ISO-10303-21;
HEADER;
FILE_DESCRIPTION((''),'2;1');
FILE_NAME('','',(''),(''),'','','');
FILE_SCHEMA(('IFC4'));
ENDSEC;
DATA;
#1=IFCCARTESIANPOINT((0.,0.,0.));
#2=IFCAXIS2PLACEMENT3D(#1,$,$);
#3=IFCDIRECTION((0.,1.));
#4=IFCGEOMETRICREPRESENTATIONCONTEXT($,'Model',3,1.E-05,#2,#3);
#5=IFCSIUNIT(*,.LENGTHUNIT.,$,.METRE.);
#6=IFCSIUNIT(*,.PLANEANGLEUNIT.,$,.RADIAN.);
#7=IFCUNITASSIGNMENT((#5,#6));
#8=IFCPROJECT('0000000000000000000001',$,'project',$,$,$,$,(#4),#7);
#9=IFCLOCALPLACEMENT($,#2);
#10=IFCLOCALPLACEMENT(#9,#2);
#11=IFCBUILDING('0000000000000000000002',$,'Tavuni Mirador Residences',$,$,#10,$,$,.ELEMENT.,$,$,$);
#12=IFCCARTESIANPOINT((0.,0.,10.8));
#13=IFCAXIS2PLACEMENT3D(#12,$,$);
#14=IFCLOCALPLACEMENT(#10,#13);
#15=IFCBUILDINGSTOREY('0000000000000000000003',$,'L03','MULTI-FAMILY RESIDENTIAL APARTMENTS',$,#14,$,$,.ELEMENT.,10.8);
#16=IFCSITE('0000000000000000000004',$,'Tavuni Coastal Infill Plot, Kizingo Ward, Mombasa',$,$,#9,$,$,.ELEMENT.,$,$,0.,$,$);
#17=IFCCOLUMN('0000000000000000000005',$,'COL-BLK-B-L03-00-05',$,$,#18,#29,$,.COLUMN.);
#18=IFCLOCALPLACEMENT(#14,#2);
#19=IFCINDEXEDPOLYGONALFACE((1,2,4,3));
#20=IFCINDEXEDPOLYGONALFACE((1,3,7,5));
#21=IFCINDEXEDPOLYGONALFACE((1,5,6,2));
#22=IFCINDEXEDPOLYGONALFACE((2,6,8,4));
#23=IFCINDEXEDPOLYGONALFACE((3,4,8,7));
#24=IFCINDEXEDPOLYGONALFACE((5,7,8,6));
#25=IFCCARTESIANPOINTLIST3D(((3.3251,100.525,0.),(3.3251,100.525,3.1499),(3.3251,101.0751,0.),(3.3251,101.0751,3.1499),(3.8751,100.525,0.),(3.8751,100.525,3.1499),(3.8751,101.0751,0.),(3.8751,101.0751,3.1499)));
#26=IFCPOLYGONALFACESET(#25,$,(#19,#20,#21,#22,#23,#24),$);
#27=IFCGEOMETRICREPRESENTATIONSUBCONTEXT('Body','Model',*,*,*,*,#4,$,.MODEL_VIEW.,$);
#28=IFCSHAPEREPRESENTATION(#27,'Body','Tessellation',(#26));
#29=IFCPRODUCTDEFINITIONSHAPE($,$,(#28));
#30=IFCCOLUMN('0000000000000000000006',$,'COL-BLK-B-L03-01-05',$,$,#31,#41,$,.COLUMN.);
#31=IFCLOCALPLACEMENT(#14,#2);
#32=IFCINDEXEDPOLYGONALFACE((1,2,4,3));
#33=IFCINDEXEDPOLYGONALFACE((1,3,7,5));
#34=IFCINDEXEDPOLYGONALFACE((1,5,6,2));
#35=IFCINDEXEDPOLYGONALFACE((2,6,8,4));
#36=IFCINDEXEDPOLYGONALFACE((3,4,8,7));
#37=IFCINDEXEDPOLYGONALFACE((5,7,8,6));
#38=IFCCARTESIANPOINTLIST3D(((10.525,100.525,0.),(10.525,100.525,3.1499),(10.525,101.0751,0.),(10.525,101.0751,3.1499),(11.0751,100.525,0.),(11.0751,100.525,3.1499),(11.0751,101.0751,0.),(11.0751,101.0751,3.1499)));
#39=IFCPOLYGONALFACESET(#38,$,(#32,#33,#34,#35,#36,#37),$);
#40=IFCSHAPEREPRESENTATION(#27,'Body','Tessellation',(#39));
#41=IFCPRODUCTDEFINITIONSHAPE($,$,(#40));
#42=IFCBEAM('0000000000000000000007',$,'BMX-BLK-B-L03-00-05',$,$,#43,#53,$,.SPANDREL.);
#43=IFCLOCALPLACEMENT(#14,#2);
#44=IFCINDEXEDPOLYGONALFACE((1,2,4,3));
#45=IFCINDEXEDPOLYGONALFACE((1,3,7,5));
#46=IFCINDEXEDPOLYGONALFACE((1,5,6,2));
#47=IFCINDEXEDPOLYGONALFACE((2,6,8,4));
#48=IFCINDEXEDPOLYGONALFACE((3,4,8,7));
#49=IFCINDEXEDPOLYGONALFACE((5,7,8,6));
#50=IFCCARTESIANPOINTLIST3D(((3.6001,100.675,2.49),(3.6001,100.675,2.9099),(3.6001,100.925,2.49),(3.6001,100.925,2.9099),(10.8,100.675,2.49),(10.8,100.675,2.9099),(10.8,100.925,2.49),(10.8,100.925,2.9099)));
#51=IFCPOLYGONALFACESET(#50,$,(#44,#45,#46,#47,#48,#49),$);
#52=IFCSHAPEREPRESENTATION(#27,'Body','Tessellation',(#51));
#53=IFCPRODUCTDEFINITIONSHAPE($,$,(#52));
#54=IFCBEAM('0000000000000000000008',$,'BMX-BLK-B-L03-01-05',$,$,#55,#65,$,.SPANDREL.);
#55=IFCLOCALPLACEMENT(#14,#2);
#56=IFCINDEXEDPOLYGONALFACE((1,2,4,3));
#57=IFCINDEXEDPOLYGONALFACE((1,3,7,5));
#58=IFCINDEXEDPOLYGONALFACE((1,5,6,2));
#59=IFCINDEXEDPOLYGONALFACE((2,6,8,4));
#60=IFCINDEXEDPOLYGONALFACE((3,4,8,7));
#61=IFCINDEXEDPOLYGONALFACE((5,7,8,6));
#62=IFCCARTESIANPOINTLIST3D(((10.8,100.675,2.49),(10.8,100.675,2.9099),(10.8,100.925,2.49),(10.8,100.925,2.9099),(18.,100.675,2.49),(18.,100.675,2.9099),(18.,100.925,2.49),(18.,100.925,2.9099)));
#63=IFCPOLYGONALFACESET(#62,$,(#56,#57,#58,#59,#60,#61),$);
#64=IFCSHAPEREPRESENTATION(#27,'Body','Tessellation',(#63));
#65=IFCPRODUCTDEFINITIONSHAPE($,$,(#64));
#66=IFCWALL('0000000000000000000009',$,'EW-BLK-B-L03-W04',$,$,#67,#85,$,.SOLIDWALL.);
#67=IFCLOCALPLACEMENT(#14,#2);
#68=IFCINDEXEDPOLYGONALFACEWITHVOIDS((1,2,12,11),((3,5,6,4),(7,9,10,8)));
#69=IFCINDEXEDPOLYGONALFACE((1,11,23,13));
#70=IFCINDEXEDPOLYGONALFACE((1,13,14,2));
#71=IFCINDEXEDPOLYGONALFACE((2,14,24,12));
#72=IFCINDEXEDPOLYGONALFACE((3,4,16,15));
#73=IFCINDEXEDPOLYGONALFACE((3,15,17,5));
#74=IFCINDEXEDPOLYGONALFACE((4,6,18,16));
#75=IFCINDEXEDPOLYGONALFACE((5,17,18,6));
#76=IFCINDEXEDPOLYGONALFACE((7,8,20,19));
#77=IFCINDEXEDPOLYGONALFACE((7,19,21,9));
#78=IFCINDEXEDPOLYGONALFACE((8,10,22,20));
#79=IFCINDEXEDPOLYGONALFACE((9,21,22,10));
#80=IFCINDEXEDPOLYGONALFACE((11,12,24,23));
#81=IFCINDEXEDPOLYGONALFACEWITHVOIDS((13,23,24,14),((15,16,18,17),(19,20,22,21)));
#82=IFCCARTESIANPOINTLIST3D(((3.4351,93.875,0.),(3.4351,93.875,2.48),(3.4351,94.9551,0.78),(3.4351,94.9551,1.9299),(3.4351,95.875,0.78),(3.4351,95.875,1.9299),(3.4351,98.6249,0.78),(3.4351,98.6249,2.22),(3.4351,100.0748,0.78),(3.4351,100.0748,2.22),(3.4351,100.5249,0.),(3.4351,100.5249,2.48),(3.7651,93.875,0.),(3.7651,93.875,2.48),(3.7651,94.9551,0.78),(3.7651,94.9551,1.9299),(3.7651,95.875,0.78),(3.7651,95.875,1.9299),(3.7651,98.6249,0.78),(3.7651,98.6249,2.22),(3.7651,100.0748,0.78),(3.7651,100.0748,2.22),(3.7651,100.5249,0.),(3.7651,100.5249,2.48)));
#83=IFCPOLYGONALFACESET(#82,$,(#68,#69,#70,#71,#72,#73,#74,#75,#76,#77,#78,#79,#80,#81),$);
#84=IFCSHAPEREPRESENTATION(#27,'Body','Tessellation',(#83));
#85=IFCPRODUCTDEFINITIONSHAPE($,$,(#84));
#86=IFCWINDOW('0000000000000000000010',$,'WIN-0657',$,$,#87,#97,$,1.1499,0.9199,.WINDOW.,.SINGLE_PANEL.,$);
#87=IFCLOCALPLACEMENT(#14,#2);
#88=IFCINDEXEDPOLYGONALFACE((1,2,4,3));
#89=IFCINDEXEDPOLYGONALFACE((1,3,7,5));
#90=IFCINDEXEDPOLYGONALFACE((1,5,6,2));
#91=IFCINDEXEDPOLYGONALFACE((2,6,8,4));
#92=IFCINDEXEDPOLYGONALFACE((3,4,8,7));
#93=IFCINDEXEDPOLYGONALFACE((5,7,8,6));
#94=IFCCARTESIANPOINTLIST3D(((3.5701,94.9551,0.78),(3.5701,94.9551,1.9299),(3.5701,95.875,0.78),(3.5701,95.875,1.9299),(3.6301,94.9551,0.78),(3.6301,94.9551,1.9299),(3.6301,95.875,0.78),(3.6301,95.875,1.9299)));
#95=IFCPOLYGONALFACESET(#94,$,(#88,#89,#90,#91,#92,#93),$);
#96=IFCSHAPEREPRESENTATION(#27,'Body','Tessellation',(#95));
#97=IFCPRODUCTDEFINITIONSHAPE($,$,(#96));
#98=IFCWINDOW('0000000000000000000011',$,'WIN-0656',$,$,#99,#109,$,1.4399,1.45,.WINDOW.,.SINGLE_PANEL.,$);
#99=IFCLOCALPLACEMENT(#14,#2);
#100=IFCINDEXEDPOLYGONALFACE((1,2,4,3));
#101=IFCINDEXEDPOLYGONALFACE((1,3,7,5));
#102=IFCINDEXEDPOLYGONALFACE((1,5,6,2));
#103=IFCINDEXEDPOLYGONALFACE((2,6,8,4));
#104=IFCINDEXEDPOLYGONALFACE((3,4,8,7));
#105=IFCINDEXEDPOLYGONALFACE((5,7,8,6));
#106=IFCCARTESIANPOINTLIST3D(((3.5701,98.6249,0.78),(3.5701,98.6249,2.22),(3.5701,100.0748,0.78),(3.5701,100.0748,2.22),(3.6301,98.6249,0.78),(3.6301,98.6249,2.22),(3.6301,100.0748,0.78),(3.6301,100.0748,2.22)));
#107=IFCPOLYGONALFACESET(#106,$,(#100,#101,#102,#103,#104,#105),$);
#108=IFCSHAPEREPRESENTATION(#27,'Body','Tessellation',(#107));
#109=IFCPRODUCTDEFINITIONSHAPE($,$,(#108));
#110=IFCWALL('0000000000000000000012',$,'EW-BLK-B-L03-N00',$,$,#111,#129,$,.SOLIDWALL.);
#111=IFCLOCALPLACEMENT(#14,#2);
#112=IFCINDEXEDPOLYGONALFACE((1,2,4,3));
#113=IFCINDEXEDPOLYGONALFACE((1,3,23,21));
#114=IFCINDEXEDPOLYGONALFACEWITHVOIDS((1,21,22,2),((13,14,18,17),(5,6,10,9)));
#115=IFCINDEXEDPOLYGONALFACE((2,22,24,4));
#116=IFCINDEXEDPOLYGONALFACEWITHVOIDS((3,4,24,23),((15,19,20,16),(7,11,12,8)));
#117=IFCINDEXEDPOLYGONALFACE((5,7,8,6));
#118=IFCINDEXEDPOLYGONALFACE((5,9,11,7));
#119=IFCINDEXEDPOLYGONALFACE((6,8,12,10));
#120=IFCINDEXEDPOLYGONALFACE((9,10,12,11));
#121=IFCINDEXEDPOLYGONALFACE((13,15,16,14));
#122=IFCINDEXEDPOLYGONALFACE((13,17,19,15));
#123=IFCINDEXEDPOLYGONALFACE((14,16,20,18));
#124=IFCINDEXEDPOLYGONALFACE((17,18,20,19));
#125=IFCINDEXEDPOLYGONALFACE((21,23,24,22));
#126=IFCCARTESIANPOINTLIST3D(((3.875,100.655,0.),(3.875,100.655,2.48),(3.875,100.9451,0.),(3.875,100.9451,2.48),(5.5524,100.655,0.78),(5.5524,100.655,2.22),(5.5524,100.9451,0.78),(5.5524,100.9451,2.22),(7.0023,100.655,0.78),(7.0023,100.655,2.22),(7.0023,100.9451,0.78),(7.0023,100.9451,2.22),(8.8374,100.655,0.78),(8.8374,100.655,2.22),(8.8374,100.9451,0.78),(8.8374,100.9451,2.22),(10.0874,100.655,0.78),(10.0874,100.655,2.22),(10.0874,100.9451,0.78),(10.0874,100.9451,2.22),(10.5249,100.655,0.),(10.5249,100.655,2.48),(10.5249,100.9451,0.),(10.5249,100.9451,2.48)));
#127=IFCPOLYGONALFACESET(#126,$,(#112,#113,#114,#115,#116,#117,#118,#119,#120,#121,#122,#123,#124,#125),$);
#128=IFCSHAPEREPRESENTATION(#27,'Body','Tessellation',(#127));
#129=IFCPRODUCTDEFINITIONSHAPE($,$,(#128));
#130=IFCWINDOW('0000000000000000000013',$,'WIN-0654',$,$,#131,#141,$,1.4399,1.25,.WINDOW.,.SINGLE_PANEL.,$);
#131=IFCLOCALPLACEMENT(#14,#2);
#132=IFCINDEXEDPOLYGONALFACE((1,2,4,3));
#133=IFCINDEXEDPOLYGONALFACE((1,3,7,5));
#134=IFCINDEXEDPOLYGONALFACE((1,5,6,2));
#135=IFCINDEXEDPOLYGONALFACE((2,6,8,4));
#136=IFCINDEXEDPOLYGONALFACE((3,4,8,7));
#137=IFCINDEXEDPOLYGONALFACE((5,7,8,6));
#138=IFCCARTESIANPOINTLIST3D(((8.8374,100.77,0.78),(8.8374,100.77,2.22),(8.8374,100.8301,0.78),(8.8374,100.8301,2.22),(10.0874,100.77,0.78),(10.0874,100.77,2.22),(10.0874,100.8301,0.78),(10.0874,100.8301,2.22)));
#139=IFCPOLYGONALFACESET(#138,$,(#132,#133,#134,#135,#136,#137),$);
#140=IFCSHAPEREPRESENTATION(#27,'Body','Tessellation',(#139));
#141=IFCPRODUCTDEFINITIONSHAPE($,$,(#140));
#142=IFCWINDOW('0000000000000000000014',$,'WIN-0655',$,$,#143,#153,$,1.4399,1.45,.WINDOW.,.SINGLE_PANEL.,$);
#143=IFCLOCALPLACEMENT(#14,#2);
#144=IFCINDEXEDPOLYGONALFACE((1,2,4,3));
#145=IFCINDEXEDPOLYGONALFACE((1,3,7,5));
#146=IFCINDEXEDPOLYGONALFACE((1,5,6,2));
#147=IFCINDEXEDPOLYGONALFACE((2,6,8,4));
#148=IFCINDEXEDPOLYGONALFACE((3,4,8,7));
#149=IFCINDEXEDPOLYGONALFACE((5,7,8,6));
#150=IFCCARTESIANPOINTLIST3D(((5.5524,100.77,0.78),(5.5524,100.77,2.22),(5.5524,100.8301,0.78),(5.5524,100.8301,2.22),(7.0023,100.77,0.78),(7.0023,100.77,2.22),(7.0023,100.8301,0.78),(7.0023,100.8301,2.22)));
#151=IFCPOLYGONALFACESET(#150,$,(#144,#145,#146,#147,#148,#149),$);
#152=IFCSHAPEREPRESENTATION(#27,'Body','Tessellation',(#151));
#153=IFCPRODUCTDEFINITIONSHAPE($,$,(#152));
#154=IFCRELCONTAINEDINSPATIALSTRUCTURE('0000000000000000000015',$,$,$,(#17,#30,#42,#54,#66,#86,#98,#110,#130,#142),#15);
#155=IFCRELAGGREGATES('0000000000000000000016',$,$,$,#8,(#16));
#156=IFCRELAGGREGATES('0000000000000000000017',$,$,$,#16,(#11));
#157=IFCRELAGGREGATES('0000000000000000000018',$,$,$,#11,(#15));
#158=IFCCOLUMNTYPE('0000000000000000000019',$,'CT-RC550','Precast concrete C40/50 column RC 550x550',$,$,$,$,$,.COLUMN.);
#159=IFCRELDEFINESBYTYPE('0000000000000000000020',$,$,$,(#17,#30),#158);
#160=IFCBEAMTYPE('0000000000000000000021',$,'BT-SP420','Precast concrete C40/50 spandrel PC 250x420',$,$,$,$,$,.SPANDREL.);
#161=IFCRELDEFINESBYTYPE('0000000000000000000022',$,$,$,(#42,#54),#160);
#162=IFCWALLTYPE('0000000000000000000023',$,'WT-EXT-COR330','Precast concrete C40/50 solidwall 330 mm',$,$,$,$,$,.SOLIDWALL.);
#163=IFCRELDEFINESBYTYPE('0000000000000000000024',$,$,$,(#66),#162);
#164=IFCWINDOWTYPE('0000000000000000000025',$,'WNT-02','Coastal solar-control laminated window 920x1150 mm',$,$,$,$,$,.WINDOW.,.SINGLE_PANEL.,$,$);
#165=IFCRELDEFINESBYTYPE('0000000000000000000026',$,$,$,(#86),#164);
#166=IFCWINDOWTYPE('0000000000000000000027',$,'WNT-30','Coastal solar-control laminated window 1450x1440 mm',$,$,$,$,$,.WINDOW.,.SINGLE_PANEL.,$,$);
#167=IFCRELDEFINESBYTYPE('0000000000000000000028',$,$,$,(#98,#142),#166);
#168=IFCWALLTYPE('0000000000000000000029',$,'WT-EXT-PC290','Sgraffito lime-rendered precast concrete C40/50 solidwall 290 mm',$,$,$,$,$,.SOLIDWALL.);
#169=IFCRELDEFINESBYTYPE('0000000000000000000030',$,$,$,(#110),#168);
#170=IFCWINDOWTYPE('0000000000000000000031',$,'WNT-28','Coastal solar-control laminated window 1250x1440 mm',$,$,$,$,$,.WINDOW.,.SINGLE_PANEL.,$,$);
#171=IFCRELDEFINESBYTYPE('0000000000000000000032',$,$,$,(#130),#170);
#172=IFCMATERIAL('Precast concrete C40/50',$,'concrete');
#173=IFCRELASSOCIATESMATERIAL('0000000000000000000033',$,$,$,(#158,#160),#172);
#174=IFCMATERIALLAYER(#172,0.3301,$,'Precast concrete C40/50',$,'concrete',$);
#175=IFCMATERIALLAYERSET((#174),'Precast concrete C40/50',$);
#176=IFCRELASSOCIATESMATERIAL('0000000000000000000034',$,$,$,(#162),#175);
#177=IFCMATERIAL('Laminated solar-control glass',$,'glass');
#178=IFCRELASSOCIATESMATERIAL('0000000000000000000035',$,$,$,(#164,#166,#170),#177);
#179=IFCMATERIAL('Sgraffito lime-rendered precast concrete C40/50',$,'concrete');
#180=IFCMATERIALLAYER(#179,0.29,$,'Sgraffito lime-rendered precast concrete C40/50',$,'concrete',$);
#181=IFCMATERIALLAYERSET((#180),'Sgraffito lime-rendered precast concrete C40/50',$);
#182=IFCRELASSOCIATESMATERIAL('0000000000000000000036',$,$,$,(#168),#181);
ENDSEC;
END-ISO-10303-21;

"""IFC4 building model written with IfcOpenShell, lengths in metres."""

from ifc_helpers import new_model, si_unit, direction, frame, frame_2d, origin, origin_2d, place, context, subcontext, project, spatial, rectangle, extrude, material, layer, layer_set, material_profile, profile_set, type_object, element, fill, save


model = new_model("IFC4")

# Units and contexts
model_context = context("Model", 3, precision=1e-05, world=origin(), true_north=direction((0.0, 1.0)))
body_context = subcontext(model_context, "Body", "Model", "MODEL_VIEW")
ifc_project = project(units=[si_unit("LENGTHUNIT", "METRE"), si_unit("PLANEANGLEUNIT", "RADIAN")], contexts=[model_context])

# Site, building, storey
site_placement = place(None, origin())
site = spatial("IfcSite", under=ifc_project, at=site_placement, Name="Tavuni Coastal Infill Plot, Kizingo Ward, Mombasa", CompositionType="ELEMENT", RefElevation=0.0)
building_placement = place(site_placement, origin())
building = spatial("IfcBuilding", under=site, at=building_placement, Name="Tavuni Mirador Residences", CompositionType="ELEMENT")
storey_placement = place(building_placement, frame((0.0, 0.0, 10.8)))
storey = spatial("IfcBuildingStorey", under=building, at=storey_placement, Name="L03", Description="MULTI-FAMILY RESIDENTIAL APARTMENTS", CompositionType="ELEMENT", Elevation=10.8)

# Columns
ifc_material_1 = material(Name="Precast concrete C40/50", Category="concrete")
ifc_material_profile_1 = material_profile(ifc_material_1, rectangle(XDim=0.55, YDim=0.55, at=origin_2d()), Name="RC 550x550", Category="concrete")
ifc_profile_set_1 = profile_set([ifc_material_profile_1], Name="Precast concrete C40/50")
column_type = type_object("IfcColumnType", Name="CT-RC550", Description="Precast concrete C40/50 column RC 550x550", PredefinedType="COLUMN", material=ifc_profile_set_1)
for number, where, z_axis, x_axis, name in (
    (1, (3.6001, 100.8, 0.0), (0.0, 0.0, 1.0), (1.0, 0.0, 0.0), "COL-BLK-B-L03-00-05"),
    (2, (10.8, 100.8, 0.0), (0.0, 0.0, 1.0), (1.0, 0.0, 0.0), "COL-BLK-B-L03-01-05"),
):
    element("IfcColumn", number, at=place(storey_placement, frame(where, z_axis=z_axis, x_axis=x_axis)), inside=storey, type_object=column_type, Name=name, PredefinedType="COLUMN", context=body_context, shape_type="SweptSolid", body=[
        extrude(rectangle(XDim=0.55, YDim=0.55, at=origin_2d()), origin(), (0.0, 0.0, 1.0), 3.1499),
    ])

# Beams
ifc_material_profile_2 = material_profile(ifc_material_1, rectangle(XDim=0.25, YDim=0.4199, at=origin_2d()), Name="PC 250x420", Category="concrete")
ifc_profile_set_2 = profile_set([ifc_material_profile_2], Name="Precast concrete C40/50")
beam_type = type_object("IfcBeamType", Name="BT-SP420", Description="Precast concrete C40/50 spandrel PC 250x420", PredefinedType="SPANDREL", material=ifc_profile_set_2)
for number, where, z_axis, x_axis, name in (
    (3, (3.6001, 100.8, 2.7), (1.0, 0.0, 0.0), (0.0, 1.0, 0.0), "BMX-BLK-B-L03-00-05"),
    (4, (10.8, 100.8, 2.7), (1.0, 0.0, 0.0), (0.0, 1.0, 0.0), "BMX-BLK-B-L03-01-05"),
):
    element("IfcBeam", number, at=place(storey_placement, frame(where, z_axis=z_axis, x_axis=x_axis)), inside=storey, type_object=beam_type, Name=name, PredefinedType="SPANDREL", context=body_context, shape_type="SweptSolid", body=[
        extrude(rectangle(XDim=0.25, YDim=0.4199, at=origin_2d()), origin(), (0.0, 0.0, 1.0), 7.2),
    ])

# Walls, openings, windows
ifc_layer_1 = layer(ifc_material_1, 0.3301, Name="Precast concrete C40/50", Category="concrete")
ifc_layer_set_1 = layer_set([ifc_layer_1], Name="Precast concrete C40/50")
wall_type_1 = type_object("IfcWallType", Name="WT-EXT-COR330", Description="Precast concrete C40/50 solidwall 330 mm", PredefinedType="SOLIDWALL", material=ifc_layer_set_1)
wall_1_placement = place(storey_placement, frame((3.6001, 100.5249, 0.0), z_axis=(0.0, 0.0, 1.0), x_axis=(0.0, -1.0, 0.0)))
wall_1 = element("IfcWall", 5, at=wall_1_placement, inside=storey, type_object=wall_type_1, Name="EW-BLK-B-L03-W04", PredefinedType="SOLIDWALL", context=body_context, shape_type="SweptSolid", body=[
    extrude(rectangle(XDim=6.6499, YDim=0.3301, at=frame_2d((3.325, 0.0))), origin(), (0.0, 0.0, 1.0), 2.48),
])
opening_1_placement = place(wall_1_placement, frame((0.45, 0.0, 0.78)))
opening_1 = element("IfcOpeningElement", 6, at=opening_1_placement, cuts=wall_1, PredefinedType="OPENING", context=body_context, shape_type="SweptSolid", body=[
    extrude(rectangle(XDim=1.45, YDim=1.4399, at=frame_2d((0.7251, 0.72))), frame((0.0, 0.175, 0.0), z_axis=(0.0, -1.0, 0.0), x_axis=(1.0, 0.0, 0.0)), (0.0, 0.0, 1.0), 0.3501),
])
opening_2_placement = place(wall_1_placement, frame((4.6499, 0.0, 0.78)))
opening_2 = element("IfcOpeningElement", 7, at=opening_2_placement, cuts=wall_1, PredefinedType="OPENING", context=body_context, shape_type="SweptSolid", body=[
    extrude(rectangle(XDim=0.9199, YDim=1.1499, at=frame_2d((0.46, 0.575))), frame((0.0, 0.175, 0.0), z_axis=(0.0, -1.0, 0.0), x_axis=(1.0, 0.0, 0.0)), (0.0, 0.0, 1.0), 0.3501),
])
ifc_material_2 = material(Name="Laminated solar-control glass", Category="glass")
window_type_1 = type_object("IfcWindowType", Name="WNT-02", Description="Coastal solar-control laminated window 920x1150 mm", PartitioningType="SINGLE_PANEL", PredefinedType="WINDOW", material=ifc_material_2)
window_1_placement = place(opening_2_placement, origin())
window_1 = element("IfcWindow", 8, at=window_1_placement, inside=storey, type_object=window_type_1, Name="WIN-0657", OverallHeight=1.1499, OverallWidth=0.9199, PartitioningType="SINGLE_PANEL", PredefinedType="WINDOW", context=body_context, shape_type="SweptSolid", body=[
    extrude(rectangle(XDim=0.9199, YDim=1.1499, at=frame_2d((0.46, 0.575))), frame((0.0, 0.03, 0.0), z_axis=(0.0, -1.0, 0.0), x_axis=(1.0, 0.0, 0.0)), (0.0, 0.0, 1.0), 0.0601),
])
fill(opening_2, window_1)
window_type_2 = type_object("IfcWindowType", Name="WNT-30", Description="Coastal solar-control laminated window 1450x1440 mm", PartitioningType="SINGLE_PANEL", PredefinedType="WINDOW", material=ifc_material_2)
window_2_placement = place(opening_1_placement, origin())
window_2 = element("IfcWindow", 9, at=window_2_placement, inside=storey, type_object=window_type_2, Name="WIN-0656", OverallHeight=1.4399, OverallWidth=1.45, PartitioningType="SINGLE_PANEL", PredefinedType="WINDOW", context=body_context, shape_type="SweptSolid", body=[
    extrude(rectangle(XDim=1.45, YDim=1.4399, at=frame_2d((0.7251, 0.72))), frame((0.0, 0.03, 0.0), z_axis=(0.0, -1.0, 0.0), x_axis=(1.0, 0.0, 0.0)), (0.0, 0.0, 1.0), 0.0601),
])
fill(opening_1, window_2)
ifc_material_3 = material(Name="Sgraffito lime-rendered precast concrete C40/50", Category="concrete")
ifc_layer_2 = layer(ifc_material_3, 0.29, Name="Sgraffito lime-rendered precast concrete C40/50", Category="concrete")
ifc_layer_set_2 = layer_set([ifc_layer_2], Name="Sgraffito lime-rendered precast concrete C40/50")
wall_type_2 = type_object("IfcWallType", Name="WT-EXT-PC290", Description="Sgraffito lime-rendered precast concrete C40/50 solidwall 290 mm", PredefinedType="SOLIDWALL", material=ifc_layer_set_2)
wall_2_placement = place(storey_placement, frame((10.5249, 100.8, 0.0), z_axis=(0.0, 0.0, 1.0), x_axis=(-1.0, 0.0, 0.0)))
wall_2 = element("IfcWall", 10, at=wall_2_placement, inside=storey, type_object=wall_type_2, Name="EW-BLK-B-L03-N00", PredefinedType="SOLIDWALL", context=body_context, shape_type="SweptSolid", body=[
    extrude(rectangle(XDim=6.6499, YDim=0.29, at=frame_2d((3.325, 0.0))), origin(), (0.0, 0.0, 1.0), 2.48),
])
opening_3_placement = place(wall_2_placement, frame((0.4375, 0.0, 0.78)))
opening_3 = element("IfcOpeningElement", 11, at=opening_3_placement, cuts=wall_2, PredefinedType="OPENING", context=body_context, shape_type="SweptSolid", body=[
    extrude(rectangle(XDim=1.25, YDim=1.4399, at=frame_2d((0.625, 0.72))), frame((0.0, 0.155, 0.0), z_axis=(0.0, -1.0, 0.0), x_axis=(1.0, 0.0, 0.0)), (0.0, 0.0, 1.0), 0.3101),
])
opening_4_placement = place(wall_2_placement, frame((3.5225, 0.0, 0.78)))
opening_4 = element("IfcOpeningElement", 12, at=opening_4_placement, cuts=wall_2, PredefinedType="OPENING", context=body_context, shape_type="SweptSolid", body=[
    extrude(rectangle(XDim=1.45, YDim=1.4399, at=frame_2d((0.7251, 0.72))), frame((0.0, 0.155, 0.0), z_axis=(0.0, -1.0, 0.0), x_axis=(1.0, 0.0, 0.0)), (0.0, 0.0, 1.0), 0.3101),
])
window_type_3 = type_object("IfcWindowType", Name="WNT-28", Description="Coastal solar-control laminated window 1250x1440 mm", PartitioningType="SINGLE_PANEL", PredefinedType="WINDOW", material=ifc_material_2)
window_3_placement = place(opening_3_placement, origin())
window_3 = element("IfcWindow", 13, at=window_3_placement, inside=storey, type_object=window_type_3, Name="WIN-0654", OverallHeight=1.4399, OverallWidth=1.25, PartitioningType="SINGLE_PANEL", PredefinedType="WINDOW", context=body_context, shape_type="SweptSolid", body=[
    extrude(rectangle(XDim=1.25, YDim=1.4399, at=frame_2d((0.625, 0.72))), frame((0.0, 0.03, 0.0), z_axis=(0.0, -1.0, 0.0), x_axis=(1.0, 0.0, 0.0)), (0.0, 0.0, 1.0), 0.0601),
])
fill(opening_3, window_3)
window_4_placement = place(opening_4_placement, origin())
window_4 = element("IfcWindow", 14, at=window_4_placement, inside=storey, type_object=window_type_2, Name="WIN-0655", OverallHeight=1.4399, OverallWidth=1.45, PartitioningType="SINGLE_PANEL", PredefinedType="WINDOW", context=body_context, shape_type="SweptSolid", body=[
    extrude(rectangle(XDim=1.45, YDim=1.4399, at=frame_2d((0.7251, 0.72))), frame((0.0, 0.03, 0.0), z_axis=(0.0, -1.0, 0.0), x_axis=(1.0, 0.0, 0.0)), (0.0, 0.0, 1.0), 0.0601),
])
fill(opening_4, window_4)

save(model, "model.ifc")
